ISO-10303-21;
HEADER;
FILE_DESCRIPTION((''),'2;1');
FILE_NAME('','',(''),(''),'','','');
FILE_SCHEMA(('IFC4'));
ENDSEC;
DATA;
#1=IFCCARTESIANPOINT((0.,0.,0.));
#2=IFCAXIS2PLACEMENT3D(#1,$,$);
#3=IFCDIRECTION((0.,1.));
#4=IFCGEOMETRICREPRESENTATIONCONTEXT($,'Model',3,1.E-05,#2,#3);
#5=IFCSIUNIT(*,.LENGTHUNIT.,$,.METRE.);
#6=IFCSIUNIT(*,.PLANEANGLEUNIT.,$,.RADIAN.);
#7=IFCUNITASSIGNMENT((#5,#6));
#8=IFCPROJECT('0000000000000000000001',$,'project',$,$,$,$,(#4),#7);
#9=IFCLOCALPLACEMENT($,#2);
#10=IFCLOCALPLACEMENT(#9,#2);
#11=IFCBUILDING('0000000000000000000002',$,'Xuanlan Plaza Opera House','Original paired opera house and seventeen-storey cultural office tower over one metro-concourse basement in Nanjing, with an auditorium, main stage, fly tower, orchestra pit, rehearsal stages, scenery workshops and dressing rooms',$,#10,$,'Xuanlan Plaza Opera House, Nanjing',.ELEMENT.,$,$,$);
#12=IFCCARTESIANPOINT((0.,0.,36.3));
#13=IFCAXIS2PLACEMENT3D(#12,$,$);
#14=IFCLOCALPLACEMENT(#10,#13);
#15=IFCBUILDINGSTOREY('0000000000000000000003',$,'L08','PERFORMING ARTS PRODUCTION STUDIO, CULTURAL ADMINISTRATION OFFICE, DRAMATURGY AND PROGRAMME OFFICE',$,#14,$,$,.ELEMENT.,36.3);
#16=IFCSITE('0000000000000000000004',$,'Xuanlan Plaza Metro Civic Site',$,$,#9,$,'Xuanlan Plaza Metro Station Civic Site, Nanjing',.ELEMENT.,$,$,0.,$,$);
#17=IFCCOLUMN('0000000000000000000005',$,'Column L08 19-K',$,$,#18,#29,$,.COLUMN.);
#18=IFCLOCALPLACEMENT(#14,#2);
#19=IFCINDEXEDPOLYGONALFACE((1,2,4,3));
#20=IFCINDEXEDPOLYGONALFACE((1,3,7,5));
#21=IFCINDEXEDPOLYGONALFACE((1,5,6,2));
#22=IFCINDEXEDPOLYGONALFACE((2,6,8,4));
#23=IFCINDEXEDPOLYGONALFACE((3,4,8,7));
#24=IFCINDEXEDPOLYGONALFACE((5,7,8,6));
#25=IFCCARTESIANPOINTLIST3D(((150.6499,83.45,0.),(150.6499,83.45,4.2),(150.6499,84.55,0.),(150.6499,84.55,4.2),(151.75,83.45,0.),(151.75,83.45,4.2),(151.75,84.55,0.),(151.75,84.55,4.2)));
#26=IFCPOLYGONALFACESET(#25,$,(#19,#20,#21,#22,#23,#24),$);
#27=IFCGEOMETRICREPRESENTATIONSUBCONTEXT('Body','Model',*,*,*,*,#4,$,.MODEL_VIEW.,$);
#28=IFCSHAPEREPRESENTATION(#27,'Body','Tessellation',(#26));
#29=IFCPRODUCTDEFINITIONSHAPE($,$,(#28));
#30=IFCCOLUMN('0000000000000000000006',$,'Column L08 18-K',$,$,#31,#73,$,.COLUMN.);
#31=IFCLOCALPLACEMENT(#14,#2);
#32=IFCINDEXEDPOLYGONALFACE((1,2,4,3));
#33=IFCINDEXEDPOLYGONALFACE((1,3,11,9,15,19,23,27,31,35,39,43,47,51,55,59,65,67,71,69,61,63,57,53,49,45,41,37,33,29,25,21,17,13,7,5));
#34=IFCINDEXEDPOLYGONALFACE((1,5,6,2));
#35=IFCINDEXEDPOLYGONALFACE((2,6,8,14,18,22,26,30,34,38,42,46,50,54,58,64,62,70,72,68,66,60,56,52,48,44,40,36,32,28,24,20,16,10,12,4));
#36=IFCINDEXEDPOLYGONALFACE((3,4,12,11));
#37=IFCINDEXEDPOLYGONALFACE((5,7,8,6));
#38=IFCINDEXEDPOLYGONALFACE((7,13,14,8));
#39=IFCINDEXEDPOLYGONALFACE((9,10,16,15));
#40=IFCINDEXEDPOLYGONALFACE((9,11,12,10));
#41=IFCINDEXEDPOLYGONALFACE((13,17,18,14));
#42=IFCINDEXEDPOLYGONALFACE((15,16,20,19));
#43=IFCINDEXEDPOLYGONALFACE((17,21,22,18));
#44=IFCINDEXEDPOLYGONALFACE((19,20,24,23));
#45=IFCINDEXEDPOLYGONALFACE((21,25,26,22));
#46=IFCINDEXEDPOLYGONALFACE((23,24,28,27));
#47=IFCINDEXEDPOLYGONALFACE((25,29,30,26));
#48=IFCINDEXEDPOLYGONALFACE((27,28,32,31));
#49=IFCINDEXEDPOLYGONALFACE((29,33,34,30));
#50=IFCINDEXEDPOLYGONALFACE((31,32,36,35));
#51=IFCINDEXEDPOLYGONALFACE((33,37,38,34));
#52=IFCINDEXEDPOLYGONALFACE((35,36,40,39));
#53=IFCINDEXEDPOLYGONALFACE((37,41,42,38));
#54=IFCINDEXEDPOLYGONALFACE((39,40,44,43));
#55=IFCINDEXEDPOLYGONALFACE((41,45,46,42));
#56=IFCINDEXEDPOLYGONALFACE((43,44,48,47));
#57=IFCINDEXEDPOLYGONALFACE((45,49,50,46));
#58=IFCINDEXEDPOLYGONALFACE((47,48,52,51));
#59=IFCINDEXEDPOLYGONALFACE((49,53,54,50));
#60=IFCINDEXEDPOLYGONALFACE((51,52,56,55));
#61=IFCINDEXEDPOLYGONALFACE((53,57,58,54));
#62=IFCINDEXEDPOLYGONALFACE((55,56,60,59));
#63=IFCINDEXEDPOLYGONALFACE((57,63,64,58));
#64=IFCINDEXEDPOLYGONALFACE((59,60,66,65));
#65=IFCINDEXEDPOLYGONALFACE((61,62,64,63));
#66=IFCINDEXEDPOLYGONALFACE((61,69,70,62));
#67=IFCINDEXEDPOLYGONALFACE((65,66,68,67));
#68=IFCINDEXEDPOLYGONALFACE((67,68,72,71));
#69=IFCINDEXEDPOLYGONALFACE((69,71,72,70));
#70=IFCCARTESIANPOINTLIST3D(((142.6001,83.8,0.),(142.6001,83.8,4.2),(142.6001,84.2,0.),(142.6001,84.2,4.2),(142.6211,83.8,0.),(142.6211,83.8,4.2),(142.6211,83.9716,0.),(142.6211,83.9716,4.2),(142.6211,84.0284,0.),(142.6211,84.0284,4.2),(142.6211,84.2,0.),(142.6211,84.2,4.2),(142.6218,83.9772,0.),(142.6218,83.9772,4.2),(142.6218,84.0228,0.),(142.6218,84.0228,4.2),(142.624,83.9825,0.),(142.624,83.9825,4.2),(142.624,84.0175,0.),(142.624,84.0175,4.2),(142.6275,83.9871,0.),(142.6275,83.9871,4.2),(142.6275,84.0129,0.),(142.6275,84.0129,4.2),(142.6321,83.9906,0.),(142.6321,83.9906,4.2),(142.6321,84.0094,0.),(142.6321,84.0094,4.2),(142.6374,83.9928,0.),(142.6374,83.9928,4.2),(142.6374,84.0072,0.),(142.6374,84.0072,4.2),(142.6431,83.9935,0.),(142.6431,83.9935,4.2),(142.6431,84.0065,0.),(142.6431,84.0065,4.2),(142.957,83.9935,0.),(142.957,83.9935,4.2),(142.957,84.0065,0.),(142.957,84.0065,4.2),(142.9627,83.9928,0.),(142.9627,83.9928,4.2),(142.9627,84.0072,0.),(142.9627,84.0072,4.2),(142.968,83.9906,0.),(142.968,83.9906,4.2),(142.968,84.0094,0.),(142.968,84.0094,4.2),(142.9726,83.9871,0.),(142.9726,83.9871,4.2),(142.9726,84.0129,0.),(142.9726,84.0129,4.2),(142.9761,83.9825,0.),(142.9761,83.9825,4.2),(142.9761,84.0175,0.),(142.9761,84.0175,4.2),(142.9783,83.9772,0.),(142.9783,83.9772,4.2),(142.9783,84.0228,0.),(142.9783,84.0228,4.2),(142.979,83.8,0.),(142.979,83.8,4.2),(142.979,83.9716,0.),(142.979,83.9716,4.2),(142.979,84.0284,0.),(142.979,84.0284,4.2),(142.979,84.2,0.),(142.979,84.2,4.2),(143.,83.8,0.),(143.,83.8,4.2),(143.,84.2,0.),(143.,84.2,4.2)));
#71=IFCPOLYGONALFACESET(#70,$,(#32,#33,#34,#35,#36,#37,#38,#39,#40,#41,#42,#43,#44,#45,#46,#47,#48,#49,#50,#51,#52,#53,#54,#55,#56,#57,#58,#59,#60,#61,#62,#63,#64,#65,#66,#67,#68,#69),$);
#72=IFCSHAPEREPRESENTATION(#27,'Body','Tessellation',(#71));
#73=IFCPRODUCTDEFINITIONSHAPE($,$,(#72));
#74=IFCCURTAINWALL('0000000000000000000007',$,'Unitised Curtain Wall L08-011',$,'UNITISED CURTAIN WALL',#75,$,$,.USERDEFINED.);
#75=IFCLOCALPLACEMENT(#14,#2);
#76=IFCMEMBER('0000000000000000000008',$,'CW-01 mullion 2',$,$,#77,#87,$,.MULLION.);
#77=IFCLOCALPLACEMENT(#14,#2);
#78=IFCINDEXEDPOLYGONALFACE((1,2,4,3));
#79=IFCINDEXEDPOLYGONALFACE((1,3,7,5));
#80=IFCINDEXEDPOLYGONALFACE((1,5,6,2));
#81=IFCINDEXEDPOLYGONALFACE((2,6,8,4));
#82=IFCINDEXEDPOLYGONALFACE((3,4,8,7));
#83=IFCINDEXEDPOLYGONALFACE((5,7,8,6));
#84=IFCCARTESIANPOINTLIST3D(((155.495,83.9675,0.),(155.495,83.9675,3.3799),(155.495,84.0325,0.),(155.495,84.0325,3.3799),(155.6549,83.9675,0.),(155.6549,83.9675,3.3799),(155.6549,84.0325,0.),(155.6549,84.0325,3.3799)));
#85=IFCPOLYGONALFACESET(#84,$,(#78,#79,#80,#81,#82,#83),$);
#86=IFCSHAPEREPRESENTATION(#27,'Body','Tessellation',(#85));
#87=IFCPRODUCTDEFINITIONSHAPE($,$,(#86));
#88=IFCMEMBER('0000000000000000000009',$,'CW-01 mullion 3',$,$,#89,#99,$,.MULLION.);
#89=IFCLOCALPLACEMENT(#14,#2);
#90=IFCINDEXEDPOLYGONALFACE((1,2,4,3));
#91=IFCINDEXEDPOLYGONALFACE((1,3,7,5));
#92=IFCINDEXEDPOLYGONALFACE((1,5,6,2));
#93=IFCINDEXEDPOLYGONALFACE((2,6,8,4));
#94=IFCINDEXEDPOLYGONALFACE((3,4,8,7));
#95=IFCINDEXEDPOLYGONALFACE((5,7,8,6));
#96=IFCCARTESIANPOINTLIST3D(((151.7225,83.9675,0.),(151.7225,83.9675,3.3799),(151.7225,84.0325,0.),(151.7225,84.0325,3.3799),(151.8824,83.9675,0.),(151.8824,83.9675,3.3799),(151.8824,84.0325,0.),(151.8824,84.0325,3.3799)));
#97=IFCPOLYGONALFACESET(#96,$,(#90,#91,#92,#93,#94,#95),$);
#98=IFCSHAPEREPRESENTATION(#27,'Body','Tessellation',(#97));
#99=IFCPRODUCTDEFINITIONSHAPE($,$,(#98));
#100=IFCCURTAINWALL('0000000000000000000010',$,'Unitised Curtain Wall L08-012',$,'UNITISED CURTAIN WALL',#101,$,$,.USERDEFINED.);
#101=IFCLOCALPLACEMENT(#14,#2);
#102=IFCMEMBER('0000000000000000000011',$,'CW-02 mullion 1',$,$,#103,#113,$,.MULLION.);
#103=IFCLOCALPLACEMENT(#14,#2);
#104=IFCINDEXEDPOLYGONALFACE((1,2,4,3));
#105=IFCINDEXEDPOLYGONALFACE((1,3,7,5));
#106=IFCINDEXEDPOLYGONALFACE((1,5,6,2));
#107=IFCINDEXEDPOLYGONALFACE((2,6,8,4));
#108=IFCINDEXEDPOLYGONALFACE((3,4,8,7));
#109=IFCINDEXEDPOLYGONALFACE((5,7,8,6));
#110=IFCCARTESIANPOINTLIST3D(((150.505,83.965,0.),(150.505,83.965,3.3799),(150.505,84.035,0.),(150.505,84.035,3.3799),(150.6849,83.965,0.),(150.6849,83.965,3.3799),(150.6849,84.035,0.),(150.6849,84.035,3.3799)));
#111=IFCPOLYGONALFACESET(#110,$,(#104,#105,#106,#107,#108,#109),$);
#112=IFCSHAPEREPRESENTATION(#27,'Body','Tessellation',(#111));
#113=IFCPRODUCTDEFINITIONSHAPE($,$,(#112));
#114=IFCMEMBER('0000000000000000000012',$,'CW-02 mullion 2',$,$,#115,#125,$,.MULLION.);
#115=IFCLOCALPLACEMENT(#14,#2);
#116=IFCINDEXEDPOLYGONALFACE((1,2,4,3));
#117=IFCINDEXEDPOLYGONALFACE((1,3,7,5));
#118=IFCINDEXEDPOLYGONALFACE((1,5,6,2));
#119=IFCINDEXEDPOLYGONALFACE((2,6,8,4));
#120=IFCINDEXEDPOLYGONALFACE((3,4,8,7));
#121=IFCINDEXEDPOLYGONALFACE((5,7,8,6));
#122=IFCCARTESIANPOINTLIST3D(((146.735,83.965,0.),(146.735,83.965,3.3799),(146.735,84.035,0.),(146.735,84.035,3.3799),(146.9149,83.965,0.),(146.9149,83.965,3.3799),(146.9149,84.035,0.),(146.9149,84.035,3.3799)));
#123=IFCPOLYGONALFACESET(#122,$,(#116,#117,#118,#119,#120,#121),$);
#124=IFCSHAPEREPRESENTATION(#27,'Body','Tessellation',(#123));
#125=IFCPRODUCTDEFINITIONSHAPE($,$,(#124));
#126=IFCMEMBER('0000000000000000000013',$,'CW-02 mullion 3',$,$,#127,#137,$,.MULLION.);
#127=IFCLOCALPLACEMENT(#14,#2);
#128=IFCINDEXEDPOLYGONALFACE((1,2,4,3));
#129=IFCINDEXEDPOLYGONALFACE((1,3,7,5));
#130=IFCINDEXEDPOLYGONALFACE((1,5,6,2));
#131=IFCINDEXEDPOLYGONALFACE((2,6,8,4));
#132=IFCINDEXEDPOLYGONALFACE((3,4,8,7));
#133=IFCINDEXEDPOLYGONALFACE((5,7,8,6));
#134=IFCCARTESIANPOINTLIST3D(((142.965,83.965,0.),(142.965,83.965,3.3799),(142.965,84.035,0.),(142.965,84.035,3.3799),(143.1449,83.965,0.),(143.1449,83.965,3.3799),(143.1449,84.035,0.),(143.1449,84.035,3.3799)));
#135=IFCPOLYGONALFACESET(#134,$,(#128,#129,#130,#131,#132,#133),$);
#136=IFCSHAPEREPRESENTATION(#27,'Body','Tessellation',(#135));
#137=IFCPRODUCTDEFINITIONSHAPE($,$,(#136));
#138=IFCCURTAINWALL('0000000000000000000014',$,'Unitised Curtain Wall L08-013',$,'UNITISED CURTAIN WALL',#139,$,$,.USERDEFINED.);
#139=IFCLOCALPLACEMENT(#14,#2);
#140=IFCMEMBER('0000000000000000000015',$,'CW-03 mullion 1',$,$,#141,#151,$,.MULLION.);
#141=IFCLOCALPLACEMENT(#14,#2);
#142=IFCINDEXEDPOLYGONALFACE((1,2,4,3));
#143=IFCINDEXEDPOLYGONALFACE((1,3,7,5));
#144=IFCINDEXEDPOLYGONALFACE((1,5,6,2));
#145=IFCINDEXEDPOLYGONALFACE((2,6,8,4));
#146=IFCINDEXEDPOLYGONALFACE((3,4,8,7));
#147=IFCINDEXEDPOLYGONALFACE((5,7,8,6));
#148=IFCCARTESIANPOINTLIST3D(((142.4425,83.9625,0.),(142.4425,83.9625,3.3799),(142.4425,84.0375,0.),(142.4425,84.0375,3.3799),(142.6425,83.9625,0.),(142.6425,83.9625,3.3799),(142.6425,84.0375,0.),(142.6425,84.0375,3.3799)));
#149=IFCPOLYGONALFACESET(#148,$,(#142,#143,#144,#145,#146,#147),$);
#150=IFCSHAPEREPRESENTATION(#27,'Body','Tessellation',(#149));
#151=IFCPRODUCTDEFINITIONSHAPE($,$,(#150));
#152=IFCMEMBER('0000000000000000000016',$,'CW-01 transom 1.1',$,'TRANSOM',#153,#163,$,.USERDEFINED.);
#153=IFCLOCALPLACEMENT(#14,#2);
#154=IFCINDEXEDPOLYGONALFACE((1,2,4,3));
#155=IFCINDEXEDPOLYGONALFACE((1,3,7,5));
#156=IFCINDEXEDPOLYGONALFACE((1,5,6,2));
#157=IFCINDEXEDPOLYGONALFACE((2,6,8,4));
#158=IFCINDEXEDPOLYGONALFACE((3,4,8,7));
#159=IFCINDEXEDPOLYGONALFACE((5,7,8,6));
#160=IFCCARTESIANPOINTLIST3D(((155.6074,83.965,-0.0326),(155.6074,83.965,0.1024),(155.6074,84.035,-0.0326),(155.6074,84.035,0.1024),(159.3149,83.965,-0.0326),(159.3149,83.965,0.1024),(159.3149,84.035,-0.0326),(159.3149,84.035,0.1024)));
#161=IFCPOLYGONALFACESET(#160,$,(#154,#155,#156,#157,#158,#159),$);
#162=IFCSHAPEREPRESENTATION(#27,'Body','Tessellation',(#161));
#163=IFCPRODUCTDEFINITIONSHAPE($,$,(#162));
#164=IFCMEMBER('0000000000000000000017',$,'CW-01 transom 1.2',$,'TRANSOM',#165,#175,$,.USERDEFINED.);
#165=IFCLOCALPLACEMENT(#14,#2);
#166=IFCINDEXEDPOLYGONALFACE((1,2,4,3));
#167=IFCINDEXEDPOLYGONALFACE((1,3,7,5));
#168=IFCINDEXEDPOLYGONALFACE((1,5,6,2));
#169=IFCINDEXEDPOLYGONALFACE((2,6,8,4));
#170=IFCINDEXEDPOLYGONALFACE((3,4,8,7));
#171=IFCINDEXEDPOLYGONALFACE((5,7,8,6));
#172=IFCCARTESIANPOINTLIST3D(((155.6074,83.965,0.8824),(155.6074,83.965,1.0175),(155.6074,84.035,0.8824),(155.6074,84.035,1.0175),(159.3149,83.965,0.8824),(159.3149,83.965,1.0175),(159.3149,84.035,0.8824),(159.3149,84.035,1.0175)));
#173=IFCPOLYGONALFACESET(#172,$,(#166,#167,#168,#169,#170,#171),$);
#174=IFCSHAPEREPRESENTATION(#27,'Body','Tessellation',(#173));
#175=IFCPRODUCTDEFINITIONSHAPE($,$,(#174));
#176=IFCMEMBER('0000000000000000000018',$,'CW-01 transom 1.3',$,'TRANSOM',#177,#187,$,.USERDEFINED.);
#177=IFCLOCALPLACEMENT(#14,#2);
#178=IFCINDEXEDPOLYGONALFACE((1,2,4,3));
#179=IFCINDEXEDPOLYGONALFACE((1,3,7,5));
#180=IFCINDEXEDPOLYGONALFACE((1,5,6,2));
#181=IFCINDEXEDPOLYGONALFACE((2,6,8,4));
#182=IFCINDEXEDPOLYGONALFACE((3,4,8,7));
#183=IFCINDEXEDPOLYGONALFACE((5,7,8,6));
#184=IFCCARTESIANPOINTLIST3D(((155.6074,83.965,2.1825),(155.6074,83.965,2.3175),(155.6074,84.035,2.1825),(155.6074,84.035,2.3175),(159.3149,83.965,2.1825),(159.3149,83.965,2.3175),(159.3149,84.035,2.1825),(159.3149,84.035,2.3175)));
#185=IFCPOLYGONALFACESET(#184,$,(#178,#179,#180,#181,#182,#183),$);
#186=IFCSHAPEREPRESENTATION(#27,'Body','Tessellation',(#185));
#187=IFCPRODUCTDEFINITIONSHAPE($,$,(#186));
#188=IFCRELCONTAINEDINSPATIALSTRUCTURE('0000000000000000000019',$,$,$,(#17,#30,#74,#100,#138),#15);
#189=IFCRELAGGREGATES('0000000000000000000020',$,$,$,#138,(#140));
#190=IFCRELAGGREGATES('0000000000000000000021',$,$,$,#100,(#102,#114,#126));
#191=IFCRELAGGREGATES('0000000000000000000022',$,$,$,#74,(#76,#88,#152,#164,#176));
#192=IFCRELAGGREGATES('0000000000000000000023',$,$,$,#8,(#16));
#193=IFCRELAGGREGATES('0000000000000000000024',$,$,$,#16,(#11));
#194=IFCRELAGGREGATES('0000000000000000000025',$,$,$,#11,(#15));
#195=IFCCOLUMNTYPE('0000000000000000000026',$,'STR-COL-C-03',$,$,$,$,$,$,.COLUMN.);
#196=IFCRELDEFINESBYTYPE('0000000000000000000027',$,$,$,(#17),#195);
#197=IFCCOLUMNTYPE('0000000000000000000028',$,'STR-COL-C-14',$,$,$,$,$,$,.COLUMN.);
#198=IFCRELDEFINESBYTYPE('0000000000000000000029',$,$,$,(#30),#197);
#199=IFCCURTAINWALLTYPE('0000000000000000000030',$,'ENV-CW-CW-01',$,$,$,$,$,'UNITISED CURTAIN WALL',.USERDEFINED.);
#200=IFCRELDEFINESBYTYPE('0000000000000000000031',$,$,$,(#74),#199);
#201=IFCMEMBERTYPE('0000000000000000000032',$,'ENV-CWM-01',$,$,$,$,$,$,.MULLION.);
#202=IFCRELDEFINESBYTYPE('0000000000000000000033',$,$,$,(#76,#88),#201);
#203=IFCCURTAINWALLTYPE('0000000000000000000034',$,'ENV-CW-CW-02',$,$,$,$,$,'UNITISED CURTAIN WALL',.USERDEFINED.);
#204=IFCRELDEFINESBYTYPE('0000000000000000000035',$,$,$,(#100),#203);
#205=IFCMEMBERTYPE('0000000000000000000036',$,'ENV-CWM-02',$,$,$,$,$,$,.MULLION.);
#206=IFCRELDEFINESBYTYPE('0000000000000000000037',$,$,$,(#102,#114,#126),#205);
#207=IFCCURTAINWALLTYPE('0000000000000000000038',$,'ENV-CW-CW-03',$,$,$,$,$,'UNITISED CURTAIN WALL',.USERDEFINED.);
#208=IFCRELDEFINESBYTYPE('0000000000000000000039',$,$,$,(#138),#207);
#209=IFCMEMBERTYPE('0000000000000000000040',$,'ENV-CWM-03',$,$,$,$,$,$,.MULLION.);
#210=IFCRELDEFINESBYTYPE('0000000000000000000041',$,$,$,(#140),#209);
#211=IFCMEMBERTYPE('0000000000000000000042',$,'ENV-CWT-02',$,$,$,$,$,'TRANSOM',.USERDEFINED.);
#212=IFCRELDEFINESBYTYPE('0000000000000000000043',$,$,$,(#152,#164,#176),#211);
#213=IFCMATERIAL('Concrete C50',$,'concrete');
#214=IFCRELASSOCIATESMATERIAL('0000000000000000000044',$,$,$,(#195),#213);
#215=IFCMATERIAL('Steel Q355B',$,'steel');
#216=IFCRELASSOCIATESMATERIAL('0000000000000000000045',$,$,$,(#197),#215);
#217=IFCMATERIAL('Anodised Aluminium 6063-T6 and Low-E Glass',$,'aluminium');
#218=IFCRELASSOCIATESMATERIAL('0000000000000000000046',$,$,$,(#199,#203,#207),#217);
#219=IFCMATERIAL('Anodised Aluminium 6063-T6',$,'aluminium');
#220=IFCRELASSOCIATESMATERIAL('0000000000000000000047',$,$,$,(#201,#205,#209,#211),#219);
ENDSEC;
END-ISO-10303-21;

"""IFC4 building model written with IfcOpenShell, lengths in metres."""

from ifc_helpers import new_model, si_unit, direction, frame, origin, origin_2d, place, context, subcontext, project, spatial, rectangle, i_section, extrude, material, material_profile, profile_set, type_object, element, aggregate, save


model = new_model("IFC4")

# Units and contexts
model_context = context("Model", 3, precision=1e-05, world=origin(), true_north=direction((0.0, 1.0)))
body_context = subcontext(model_context, "Body", "Model", "MODEL_VIEW")
ifc_project = project(units=[si_unit("LENGTHUNIT", "METRE"), si_unit("PLANEANGLEUNIT", "RADIAN")], contexts=[model_context])

# Site, building, storey
site_placement = place(None, origin())
site = spatial("IfcSite", under=ifc_project, at=site_placement, Name="Xuanlan Plaza Metro Civic Site", LongName="Xuanlan Plaza Metro Station Civic Site, Nanjing", CompositionType="ELEMENT", RefElevation=0.0)
building_placement = place(site_placement, origin())
building = spatial("IfcBuilding", under=site, at=building_placement, Name="Xuanlan Plaza Opera House", Description="Original paired opera house and seventeen-storey cultural office tower over one metro-concourse basement in Nanjing, with an auditorium, main stage, fly tower, orchestra pit, rehearsal stages, scenery workshops and dressing rooms", LongName="Xuanlan Plaza Opera House, Nanjing", CompositionType="ELEMENT")
storey_placement = place(building_placement, frame((0.0, 0.0, 36.3)))
storey = spatial("IfcBuildingStorey", under=building, at=storey_placement, Name="L08", Description="PERFORMING ARTS PRODUCTION STUDIO, CULTURAL ADMINISTRATION OFFICE, DRAMATURGY AND PROGRAMME OFFICE", CompositionType="ELEMENT", Elevation=36.3)

# Columns
ifc_material_1 = material(Name="Concrete C50", Category="concrete")
ifc_material_profile_1 = material_profile(ifc_material_1, rectangle(XDim=1.1001, YDim=1.1001, at=origin_2d()), Name="RC-COL 1100x1100")
ifc_profile_set_1 = profile_set([ifc_material_profile_1], Name="Concrete C50")
column_type_1 = type_object("IfcColumnType", Name="STR-COL-C-03", PredefinedType="COLUMN", material=ifc_profile_set_1)
column_1_placement = place(storey_placement, frame((151.2, 84.0, 0.0), z_axis=(0.0, 0.0, 1.0), x_axis=(1.0, 0.0, 0.0)))
element("IfcColumn", 1, at=column_1_placement, inside=storey, type_object=column_type_1, Name="Column L08 19-K", PredefinedType="COLUMN", context=body_context, shape_type="SweptSolid", body=[
    extrude(rectangle(XDim=1.1001, YDim=1.1001, at=origin_2d()), origin(), (0.0, 0.0, 1.0), 4.2),
])
ifc_material_2 = material(Name="Steel Q355B", Category="steel")
ifc_material_profile_2 = material_profile(ifc_material_2, i_section(OverallWidth=0.3999, OverallDepth=0.3999, WebThickness=0.0129, FlangeThickness=0.021, FilletRadius=0.022, at=origin_2d()), Name="HW 400x400x13x21")
ifc_profile_set_2 = profile_set([ifc_material_profile_2], Name="Steel Q355B")
column_type_2 = type_object("IfcColumnType", Name="STR-COL-C-14", PredefinedType="COLUMN", material=ifc_profile_set_2)
column_2_placement = place(storey_placement, frame((142.8, 84.0, 0.0), z_axis=(0.0, 0.0, 1.0), x_axis=(0.0, 1.0, 0.0)))
element("IfcColumn", 2, at=column_2_placement, inside=storey, type_object=column_type_2, Name="Column L08 18-K", PredefinedType="COLUMN", context=body_context, shape_type="SweptSolid", body=[
    extrude(i_section(OverallWidth=0.3999, OverallDepth=0.3999, WebThickness=0.0129, FlangeThickness=0.021, FilletRadius=0.022, at=origin_2d()), origin(), (0.0, 0.0, 1.0), 4.2),
])

# Curtain walls, members
ifc_material_3 = material(Name="Anodised Aluminium 6063-T6 and Low-E Glass", Category="aluminium")
curtain_wall_type_1 = type_object("IfcCurtainWallType", Name="ENV-CW-CW-01", ElementType="UNITISED CURTAIN WALL", PredefinedType="USERDEFINED", material=ifc_material_3)
curtain_wall_1_placement = place(storey_placement, origin())
curtain_wall_1 = element("IfcCurtainWall", 3, at=curtain_wall_1_placement, inside=storey, type_object=curtain_wall_type_1, Name="Unitised Curtain Wall L08-011", ObjectType="UNITISED CURTAIN WALL", PredefinedType="USERDEFINED")
ifc_material_4 = material(Name="Anodised Aluminium 6063-T6", Category="aluminium")
ifc_material_profile_3 = material_profile(ifc_material_4, rectangle(XDim=0.0649, YDim=0.1599, at=origin_2d()), Name="ALU-M 65x160")
ifc_profile_set_3 = profile_set([ifc_material_profile_3], Name="Anodised Aluminium 6063-T6")
member_type_1 = type_object("IfcMemberType", Name="ENV-CWM-01", PredefinedType="MULLION", material=ifc_profile_set_3)
member_1_placement = place(storey_placement, frame((155.575, 84.0, 0.0), z_axis=(0.0, 0.0, 1.0), x_axis=(0.0, -1.0, 0.0)))
member_1 = element("IfcMember", 4, at=member_1_placement, type_object=member_type_1, Name="CW-01 mullion 2", PredefinedType="MULLION", context=body_context, shape_type="SweptSolid", body=[
    extrude(rectangle(XDim=0.0649, YDim=0.1599, at=origin_2d()), origin(), (0.0, 0.0, 1.0), 3.3799),
])
member_2_placement = place(storey_placement, frame((151.8025, 84.0, 0.0), z_axis=(0.0, 0.0, 1.0), x_axis=(0.0, -1.0, 0.0)))
member_2 = element("IfcMember", 5, at=member_2_placement, type_object=member_type_1, Name="CW-01 mullion 3", PredefinedType="MULLION", context=body_context, shape_type="SweptSolid", body=[
    extrude(rectangle(XDim=0.0649, YDim=0.1599, at=origin_2d()), origin(), (0.0, 0.0, 1.0), 3.3799),
])
curtain_wall_type_2 = type_object("IfcCurtainWallType", Name="ENV-CW-CW-02", ElementType="UNITISED CURTAIN WALL", PredefinedType="USERDEFINED", material=ifc_material_3)
curtain_wall_2_placement = place(storey_placement, origin())
curtain_wall_2 = element("IfcCurtainWall", 6, at=curtain_wall_2_placement, inside=storey, type_object=curtain_wall_type_2, Name="Unitised Curtain Wall L08-012", ObjectType="UNITISED CURTAIN WALL", PredefinedType="USERDEFINED")
ifc_material_profile_4 = material_profile(ifc_material_4, rectangle(XDim=0.0701, YDim=0.1799, at=origin_2d()), Name="ALU-M 70x180")
ifc_profile_set_4 = profile_set([ifc_material_profile_4], Name="Anodised Aluminium 6063-T6")
member_type_2 = type_object("IfcMemberType", Name="ENV-CWM-02", PredefinedType="MULLION", material=ifc_profile_set_4)
member_3_placement = place(storey_placement, frame((150.595, 84.0, 0.0), z_axis=(0.0, 0.0, 1.0), x_axis=(0.0, -1.0, 0.0)))
member_3 = element("IfcMember", 7, at=member_3_placement, type_object=member_type_2, Name="CW-02 mullion 1", PredefinedType="MULLION", context=body_context, shape_type="SweptSolid", body=[
    extrude(rectangle(XDim=0.0701, YDim=0.1799, at=origin_2d()), origin(), (0.0, 0.0, 1.0), 3.3799),
])
member_4_placement = place(storey_placement, frame((146.825, 84.0, 0.0), z_axis=(0.0, 0.0, 1.0), x_axis=(0.0, -1.0, 0.0)))
member_4 = element("IfcMember", 8, at=member_4_placement, type_object=member_type_2, Name="CW-02 mullion 2", PredefinedType="MULLION", context=body_context, shape_type="SweptSolid", body=[
    extrude(rectangle(XDim=0.0701, YDim=0.1799, at=origin_2d()), origin(), (0.0, 0.0, 1.0), 3.3799),
])
member_5_placement = place(storey_placement, frame((143.0549, 84.0, 0.0), z_axis=(0.0, 0.0, 1.0), x_axis=(0.0, -1.0, 0.0)))
member_5 = element("IfcMember", 9, at=member_5_placement, type_object=member_type_2, Name="CW-02 mullion 3", PredefinedType="MULLION", context=body_context, shape_type="SweptSolid", body=[
    extrude(rectangle(XDim=0.0701, YDim=0.1799, at=origin_2d()), origin(), (0.0, 0.0, 1.0), 3.3799),
])

# Curtain wall, member
curtain_wall_type_3 = type_object("IfcCurtainWallType", Name="ENV-CW-CW-03", ElementType="UNITISED CURTAIN WALL", PredefinedType="USERDEFINED", material=ifc_material_3)
curtain_wall_3_placement = place(storey_placement, origin())
curtain_wall_3 = element("IfcCurtainWall", 10, at=curtain_wall_3_placement, inside=storey, type_object=curtain_wall_type_3, Name="Unitised Curtain Wall L08-013", ObjectType="UNITISED CURTAIN WALL", PredefinedType="USERDEFINED")
ifc_material_profile_5 = material_profile(ifc_material_4, rectangle(XDim=0.075, YDim=0.2, at=origin_2d()), Name="ALU-M 75x200")
ifc_profile_set_5 = profile_set([ifc_material_profile_5], Name="Anodised Aluminium 6063-T6")
member_type_3 = type_object("IfcMemberType", Name="ENV-CWM-03", PredefinedType="MULLION", material=ifc_profile_set_5)
member_6_placement = place(storey_placement, frame((142.5425, 84.0, 0.0), z_axis=(0.0, 0.0, 1.0), x_axis=(0.0, -1.0, 0.0)))
member_6 = element("IfcMember", 11, at=member_6_placement, type_object=member_type_3, Name="CW-03 mullion 1", PredefinedType="MULLION", context=body_context, shape_type="SweptSolid", body=[
    extrude(rectangle(XDim=0.075, YDim=0.2, at=origin_2d()), origin(), (0.0, 0.0, 1.0), 3.3799),
])
aggregate(curtain_wall_3, [member_6])

# Members
ifc_material_profile_6 = material_profile(ifc_material_4, rectangle(XDim=0.0701, YDim=0.135, at=origin_2d()), Name="ALU-T 70x135")
ifc_profile_set_6 = profile_set([ifc_material_profile_6], Name="Anodised Aluminium 6063-T6")
member_type_4 = type_object("IfcMemberType", Name="ENV-CWT-02", ElementType="TRANSOM", PredefinedType="USERDEFINED", material=ifc_profile_set_6)
member_7_placement = place(storey_placement, frame((159.3149, 84.0, 0.0349), z_axis=(-1.0, 0.0, 0.0), x_axis=(0.0, -1.0, 0.0)))
member_7 = element("IfcMember", 12, at=member_7_placement, type_object=member_type_4, Name="CW-01 transom 1.1", ObjectType="TRANSOM", PredefinedType="USERDEFINED", context=body_context, shape_type="SweptSolid", body=[
    extrude(rectangle(XDim=0.0701, YDim=0.135, at=origin_2d()), origin(), (0.0, 0.0, 1.0), 3.7075),
])
member_8_placement = place(storey_placement, frame((159.3149, 84.0, 0.95), z_axis=(-1.0, 0.0, 0.0), x_axis=(0.0, -1.0, 0.0)))
member_8 = element("IfcMember", 13, at=member_8_placement, type_object=member_type_4, Name="CW-01 transom 1.2", ObjectType="TRANSOM", PredefinedType="USERDEFINED", context=body_context, shape_type="SweptSolid", body=[
    extrude(rectangle(XDim=0.0701, YDim=0.135, at=origin_2d()), origin(), (0.0, 0.0, 1.0), 3.7075),
])
member_9_placement = place(storey_placement, frame((159.3149, 84.0, 2.25), z_axis=(-1.0, 0.0, 0.0), x_axis=(0.0, -1.0, 0.0)))
member_9 = element("IfcMember", 14, at=member_9_placement, type_object=member_type_4, Name="CW-01 transom 1.3", ObjectType="TRANSOM", PredefinedType="USERDEFINED", context=body_context, shape_type="SweptSolid", body=[
    extrude(rectangle(XDim=0.0701, YDim=0.135, at=origin_2d()), origin(), (0.0, 0.0, 1.0), 3.7075),
])

aggregate(curtain_wall_2, [member_3, member_4, member_5])
aggregate(curtain_wall_1, [member_1, member_2, member_7, member_8, member_9])

save(model, "model.ifc")
